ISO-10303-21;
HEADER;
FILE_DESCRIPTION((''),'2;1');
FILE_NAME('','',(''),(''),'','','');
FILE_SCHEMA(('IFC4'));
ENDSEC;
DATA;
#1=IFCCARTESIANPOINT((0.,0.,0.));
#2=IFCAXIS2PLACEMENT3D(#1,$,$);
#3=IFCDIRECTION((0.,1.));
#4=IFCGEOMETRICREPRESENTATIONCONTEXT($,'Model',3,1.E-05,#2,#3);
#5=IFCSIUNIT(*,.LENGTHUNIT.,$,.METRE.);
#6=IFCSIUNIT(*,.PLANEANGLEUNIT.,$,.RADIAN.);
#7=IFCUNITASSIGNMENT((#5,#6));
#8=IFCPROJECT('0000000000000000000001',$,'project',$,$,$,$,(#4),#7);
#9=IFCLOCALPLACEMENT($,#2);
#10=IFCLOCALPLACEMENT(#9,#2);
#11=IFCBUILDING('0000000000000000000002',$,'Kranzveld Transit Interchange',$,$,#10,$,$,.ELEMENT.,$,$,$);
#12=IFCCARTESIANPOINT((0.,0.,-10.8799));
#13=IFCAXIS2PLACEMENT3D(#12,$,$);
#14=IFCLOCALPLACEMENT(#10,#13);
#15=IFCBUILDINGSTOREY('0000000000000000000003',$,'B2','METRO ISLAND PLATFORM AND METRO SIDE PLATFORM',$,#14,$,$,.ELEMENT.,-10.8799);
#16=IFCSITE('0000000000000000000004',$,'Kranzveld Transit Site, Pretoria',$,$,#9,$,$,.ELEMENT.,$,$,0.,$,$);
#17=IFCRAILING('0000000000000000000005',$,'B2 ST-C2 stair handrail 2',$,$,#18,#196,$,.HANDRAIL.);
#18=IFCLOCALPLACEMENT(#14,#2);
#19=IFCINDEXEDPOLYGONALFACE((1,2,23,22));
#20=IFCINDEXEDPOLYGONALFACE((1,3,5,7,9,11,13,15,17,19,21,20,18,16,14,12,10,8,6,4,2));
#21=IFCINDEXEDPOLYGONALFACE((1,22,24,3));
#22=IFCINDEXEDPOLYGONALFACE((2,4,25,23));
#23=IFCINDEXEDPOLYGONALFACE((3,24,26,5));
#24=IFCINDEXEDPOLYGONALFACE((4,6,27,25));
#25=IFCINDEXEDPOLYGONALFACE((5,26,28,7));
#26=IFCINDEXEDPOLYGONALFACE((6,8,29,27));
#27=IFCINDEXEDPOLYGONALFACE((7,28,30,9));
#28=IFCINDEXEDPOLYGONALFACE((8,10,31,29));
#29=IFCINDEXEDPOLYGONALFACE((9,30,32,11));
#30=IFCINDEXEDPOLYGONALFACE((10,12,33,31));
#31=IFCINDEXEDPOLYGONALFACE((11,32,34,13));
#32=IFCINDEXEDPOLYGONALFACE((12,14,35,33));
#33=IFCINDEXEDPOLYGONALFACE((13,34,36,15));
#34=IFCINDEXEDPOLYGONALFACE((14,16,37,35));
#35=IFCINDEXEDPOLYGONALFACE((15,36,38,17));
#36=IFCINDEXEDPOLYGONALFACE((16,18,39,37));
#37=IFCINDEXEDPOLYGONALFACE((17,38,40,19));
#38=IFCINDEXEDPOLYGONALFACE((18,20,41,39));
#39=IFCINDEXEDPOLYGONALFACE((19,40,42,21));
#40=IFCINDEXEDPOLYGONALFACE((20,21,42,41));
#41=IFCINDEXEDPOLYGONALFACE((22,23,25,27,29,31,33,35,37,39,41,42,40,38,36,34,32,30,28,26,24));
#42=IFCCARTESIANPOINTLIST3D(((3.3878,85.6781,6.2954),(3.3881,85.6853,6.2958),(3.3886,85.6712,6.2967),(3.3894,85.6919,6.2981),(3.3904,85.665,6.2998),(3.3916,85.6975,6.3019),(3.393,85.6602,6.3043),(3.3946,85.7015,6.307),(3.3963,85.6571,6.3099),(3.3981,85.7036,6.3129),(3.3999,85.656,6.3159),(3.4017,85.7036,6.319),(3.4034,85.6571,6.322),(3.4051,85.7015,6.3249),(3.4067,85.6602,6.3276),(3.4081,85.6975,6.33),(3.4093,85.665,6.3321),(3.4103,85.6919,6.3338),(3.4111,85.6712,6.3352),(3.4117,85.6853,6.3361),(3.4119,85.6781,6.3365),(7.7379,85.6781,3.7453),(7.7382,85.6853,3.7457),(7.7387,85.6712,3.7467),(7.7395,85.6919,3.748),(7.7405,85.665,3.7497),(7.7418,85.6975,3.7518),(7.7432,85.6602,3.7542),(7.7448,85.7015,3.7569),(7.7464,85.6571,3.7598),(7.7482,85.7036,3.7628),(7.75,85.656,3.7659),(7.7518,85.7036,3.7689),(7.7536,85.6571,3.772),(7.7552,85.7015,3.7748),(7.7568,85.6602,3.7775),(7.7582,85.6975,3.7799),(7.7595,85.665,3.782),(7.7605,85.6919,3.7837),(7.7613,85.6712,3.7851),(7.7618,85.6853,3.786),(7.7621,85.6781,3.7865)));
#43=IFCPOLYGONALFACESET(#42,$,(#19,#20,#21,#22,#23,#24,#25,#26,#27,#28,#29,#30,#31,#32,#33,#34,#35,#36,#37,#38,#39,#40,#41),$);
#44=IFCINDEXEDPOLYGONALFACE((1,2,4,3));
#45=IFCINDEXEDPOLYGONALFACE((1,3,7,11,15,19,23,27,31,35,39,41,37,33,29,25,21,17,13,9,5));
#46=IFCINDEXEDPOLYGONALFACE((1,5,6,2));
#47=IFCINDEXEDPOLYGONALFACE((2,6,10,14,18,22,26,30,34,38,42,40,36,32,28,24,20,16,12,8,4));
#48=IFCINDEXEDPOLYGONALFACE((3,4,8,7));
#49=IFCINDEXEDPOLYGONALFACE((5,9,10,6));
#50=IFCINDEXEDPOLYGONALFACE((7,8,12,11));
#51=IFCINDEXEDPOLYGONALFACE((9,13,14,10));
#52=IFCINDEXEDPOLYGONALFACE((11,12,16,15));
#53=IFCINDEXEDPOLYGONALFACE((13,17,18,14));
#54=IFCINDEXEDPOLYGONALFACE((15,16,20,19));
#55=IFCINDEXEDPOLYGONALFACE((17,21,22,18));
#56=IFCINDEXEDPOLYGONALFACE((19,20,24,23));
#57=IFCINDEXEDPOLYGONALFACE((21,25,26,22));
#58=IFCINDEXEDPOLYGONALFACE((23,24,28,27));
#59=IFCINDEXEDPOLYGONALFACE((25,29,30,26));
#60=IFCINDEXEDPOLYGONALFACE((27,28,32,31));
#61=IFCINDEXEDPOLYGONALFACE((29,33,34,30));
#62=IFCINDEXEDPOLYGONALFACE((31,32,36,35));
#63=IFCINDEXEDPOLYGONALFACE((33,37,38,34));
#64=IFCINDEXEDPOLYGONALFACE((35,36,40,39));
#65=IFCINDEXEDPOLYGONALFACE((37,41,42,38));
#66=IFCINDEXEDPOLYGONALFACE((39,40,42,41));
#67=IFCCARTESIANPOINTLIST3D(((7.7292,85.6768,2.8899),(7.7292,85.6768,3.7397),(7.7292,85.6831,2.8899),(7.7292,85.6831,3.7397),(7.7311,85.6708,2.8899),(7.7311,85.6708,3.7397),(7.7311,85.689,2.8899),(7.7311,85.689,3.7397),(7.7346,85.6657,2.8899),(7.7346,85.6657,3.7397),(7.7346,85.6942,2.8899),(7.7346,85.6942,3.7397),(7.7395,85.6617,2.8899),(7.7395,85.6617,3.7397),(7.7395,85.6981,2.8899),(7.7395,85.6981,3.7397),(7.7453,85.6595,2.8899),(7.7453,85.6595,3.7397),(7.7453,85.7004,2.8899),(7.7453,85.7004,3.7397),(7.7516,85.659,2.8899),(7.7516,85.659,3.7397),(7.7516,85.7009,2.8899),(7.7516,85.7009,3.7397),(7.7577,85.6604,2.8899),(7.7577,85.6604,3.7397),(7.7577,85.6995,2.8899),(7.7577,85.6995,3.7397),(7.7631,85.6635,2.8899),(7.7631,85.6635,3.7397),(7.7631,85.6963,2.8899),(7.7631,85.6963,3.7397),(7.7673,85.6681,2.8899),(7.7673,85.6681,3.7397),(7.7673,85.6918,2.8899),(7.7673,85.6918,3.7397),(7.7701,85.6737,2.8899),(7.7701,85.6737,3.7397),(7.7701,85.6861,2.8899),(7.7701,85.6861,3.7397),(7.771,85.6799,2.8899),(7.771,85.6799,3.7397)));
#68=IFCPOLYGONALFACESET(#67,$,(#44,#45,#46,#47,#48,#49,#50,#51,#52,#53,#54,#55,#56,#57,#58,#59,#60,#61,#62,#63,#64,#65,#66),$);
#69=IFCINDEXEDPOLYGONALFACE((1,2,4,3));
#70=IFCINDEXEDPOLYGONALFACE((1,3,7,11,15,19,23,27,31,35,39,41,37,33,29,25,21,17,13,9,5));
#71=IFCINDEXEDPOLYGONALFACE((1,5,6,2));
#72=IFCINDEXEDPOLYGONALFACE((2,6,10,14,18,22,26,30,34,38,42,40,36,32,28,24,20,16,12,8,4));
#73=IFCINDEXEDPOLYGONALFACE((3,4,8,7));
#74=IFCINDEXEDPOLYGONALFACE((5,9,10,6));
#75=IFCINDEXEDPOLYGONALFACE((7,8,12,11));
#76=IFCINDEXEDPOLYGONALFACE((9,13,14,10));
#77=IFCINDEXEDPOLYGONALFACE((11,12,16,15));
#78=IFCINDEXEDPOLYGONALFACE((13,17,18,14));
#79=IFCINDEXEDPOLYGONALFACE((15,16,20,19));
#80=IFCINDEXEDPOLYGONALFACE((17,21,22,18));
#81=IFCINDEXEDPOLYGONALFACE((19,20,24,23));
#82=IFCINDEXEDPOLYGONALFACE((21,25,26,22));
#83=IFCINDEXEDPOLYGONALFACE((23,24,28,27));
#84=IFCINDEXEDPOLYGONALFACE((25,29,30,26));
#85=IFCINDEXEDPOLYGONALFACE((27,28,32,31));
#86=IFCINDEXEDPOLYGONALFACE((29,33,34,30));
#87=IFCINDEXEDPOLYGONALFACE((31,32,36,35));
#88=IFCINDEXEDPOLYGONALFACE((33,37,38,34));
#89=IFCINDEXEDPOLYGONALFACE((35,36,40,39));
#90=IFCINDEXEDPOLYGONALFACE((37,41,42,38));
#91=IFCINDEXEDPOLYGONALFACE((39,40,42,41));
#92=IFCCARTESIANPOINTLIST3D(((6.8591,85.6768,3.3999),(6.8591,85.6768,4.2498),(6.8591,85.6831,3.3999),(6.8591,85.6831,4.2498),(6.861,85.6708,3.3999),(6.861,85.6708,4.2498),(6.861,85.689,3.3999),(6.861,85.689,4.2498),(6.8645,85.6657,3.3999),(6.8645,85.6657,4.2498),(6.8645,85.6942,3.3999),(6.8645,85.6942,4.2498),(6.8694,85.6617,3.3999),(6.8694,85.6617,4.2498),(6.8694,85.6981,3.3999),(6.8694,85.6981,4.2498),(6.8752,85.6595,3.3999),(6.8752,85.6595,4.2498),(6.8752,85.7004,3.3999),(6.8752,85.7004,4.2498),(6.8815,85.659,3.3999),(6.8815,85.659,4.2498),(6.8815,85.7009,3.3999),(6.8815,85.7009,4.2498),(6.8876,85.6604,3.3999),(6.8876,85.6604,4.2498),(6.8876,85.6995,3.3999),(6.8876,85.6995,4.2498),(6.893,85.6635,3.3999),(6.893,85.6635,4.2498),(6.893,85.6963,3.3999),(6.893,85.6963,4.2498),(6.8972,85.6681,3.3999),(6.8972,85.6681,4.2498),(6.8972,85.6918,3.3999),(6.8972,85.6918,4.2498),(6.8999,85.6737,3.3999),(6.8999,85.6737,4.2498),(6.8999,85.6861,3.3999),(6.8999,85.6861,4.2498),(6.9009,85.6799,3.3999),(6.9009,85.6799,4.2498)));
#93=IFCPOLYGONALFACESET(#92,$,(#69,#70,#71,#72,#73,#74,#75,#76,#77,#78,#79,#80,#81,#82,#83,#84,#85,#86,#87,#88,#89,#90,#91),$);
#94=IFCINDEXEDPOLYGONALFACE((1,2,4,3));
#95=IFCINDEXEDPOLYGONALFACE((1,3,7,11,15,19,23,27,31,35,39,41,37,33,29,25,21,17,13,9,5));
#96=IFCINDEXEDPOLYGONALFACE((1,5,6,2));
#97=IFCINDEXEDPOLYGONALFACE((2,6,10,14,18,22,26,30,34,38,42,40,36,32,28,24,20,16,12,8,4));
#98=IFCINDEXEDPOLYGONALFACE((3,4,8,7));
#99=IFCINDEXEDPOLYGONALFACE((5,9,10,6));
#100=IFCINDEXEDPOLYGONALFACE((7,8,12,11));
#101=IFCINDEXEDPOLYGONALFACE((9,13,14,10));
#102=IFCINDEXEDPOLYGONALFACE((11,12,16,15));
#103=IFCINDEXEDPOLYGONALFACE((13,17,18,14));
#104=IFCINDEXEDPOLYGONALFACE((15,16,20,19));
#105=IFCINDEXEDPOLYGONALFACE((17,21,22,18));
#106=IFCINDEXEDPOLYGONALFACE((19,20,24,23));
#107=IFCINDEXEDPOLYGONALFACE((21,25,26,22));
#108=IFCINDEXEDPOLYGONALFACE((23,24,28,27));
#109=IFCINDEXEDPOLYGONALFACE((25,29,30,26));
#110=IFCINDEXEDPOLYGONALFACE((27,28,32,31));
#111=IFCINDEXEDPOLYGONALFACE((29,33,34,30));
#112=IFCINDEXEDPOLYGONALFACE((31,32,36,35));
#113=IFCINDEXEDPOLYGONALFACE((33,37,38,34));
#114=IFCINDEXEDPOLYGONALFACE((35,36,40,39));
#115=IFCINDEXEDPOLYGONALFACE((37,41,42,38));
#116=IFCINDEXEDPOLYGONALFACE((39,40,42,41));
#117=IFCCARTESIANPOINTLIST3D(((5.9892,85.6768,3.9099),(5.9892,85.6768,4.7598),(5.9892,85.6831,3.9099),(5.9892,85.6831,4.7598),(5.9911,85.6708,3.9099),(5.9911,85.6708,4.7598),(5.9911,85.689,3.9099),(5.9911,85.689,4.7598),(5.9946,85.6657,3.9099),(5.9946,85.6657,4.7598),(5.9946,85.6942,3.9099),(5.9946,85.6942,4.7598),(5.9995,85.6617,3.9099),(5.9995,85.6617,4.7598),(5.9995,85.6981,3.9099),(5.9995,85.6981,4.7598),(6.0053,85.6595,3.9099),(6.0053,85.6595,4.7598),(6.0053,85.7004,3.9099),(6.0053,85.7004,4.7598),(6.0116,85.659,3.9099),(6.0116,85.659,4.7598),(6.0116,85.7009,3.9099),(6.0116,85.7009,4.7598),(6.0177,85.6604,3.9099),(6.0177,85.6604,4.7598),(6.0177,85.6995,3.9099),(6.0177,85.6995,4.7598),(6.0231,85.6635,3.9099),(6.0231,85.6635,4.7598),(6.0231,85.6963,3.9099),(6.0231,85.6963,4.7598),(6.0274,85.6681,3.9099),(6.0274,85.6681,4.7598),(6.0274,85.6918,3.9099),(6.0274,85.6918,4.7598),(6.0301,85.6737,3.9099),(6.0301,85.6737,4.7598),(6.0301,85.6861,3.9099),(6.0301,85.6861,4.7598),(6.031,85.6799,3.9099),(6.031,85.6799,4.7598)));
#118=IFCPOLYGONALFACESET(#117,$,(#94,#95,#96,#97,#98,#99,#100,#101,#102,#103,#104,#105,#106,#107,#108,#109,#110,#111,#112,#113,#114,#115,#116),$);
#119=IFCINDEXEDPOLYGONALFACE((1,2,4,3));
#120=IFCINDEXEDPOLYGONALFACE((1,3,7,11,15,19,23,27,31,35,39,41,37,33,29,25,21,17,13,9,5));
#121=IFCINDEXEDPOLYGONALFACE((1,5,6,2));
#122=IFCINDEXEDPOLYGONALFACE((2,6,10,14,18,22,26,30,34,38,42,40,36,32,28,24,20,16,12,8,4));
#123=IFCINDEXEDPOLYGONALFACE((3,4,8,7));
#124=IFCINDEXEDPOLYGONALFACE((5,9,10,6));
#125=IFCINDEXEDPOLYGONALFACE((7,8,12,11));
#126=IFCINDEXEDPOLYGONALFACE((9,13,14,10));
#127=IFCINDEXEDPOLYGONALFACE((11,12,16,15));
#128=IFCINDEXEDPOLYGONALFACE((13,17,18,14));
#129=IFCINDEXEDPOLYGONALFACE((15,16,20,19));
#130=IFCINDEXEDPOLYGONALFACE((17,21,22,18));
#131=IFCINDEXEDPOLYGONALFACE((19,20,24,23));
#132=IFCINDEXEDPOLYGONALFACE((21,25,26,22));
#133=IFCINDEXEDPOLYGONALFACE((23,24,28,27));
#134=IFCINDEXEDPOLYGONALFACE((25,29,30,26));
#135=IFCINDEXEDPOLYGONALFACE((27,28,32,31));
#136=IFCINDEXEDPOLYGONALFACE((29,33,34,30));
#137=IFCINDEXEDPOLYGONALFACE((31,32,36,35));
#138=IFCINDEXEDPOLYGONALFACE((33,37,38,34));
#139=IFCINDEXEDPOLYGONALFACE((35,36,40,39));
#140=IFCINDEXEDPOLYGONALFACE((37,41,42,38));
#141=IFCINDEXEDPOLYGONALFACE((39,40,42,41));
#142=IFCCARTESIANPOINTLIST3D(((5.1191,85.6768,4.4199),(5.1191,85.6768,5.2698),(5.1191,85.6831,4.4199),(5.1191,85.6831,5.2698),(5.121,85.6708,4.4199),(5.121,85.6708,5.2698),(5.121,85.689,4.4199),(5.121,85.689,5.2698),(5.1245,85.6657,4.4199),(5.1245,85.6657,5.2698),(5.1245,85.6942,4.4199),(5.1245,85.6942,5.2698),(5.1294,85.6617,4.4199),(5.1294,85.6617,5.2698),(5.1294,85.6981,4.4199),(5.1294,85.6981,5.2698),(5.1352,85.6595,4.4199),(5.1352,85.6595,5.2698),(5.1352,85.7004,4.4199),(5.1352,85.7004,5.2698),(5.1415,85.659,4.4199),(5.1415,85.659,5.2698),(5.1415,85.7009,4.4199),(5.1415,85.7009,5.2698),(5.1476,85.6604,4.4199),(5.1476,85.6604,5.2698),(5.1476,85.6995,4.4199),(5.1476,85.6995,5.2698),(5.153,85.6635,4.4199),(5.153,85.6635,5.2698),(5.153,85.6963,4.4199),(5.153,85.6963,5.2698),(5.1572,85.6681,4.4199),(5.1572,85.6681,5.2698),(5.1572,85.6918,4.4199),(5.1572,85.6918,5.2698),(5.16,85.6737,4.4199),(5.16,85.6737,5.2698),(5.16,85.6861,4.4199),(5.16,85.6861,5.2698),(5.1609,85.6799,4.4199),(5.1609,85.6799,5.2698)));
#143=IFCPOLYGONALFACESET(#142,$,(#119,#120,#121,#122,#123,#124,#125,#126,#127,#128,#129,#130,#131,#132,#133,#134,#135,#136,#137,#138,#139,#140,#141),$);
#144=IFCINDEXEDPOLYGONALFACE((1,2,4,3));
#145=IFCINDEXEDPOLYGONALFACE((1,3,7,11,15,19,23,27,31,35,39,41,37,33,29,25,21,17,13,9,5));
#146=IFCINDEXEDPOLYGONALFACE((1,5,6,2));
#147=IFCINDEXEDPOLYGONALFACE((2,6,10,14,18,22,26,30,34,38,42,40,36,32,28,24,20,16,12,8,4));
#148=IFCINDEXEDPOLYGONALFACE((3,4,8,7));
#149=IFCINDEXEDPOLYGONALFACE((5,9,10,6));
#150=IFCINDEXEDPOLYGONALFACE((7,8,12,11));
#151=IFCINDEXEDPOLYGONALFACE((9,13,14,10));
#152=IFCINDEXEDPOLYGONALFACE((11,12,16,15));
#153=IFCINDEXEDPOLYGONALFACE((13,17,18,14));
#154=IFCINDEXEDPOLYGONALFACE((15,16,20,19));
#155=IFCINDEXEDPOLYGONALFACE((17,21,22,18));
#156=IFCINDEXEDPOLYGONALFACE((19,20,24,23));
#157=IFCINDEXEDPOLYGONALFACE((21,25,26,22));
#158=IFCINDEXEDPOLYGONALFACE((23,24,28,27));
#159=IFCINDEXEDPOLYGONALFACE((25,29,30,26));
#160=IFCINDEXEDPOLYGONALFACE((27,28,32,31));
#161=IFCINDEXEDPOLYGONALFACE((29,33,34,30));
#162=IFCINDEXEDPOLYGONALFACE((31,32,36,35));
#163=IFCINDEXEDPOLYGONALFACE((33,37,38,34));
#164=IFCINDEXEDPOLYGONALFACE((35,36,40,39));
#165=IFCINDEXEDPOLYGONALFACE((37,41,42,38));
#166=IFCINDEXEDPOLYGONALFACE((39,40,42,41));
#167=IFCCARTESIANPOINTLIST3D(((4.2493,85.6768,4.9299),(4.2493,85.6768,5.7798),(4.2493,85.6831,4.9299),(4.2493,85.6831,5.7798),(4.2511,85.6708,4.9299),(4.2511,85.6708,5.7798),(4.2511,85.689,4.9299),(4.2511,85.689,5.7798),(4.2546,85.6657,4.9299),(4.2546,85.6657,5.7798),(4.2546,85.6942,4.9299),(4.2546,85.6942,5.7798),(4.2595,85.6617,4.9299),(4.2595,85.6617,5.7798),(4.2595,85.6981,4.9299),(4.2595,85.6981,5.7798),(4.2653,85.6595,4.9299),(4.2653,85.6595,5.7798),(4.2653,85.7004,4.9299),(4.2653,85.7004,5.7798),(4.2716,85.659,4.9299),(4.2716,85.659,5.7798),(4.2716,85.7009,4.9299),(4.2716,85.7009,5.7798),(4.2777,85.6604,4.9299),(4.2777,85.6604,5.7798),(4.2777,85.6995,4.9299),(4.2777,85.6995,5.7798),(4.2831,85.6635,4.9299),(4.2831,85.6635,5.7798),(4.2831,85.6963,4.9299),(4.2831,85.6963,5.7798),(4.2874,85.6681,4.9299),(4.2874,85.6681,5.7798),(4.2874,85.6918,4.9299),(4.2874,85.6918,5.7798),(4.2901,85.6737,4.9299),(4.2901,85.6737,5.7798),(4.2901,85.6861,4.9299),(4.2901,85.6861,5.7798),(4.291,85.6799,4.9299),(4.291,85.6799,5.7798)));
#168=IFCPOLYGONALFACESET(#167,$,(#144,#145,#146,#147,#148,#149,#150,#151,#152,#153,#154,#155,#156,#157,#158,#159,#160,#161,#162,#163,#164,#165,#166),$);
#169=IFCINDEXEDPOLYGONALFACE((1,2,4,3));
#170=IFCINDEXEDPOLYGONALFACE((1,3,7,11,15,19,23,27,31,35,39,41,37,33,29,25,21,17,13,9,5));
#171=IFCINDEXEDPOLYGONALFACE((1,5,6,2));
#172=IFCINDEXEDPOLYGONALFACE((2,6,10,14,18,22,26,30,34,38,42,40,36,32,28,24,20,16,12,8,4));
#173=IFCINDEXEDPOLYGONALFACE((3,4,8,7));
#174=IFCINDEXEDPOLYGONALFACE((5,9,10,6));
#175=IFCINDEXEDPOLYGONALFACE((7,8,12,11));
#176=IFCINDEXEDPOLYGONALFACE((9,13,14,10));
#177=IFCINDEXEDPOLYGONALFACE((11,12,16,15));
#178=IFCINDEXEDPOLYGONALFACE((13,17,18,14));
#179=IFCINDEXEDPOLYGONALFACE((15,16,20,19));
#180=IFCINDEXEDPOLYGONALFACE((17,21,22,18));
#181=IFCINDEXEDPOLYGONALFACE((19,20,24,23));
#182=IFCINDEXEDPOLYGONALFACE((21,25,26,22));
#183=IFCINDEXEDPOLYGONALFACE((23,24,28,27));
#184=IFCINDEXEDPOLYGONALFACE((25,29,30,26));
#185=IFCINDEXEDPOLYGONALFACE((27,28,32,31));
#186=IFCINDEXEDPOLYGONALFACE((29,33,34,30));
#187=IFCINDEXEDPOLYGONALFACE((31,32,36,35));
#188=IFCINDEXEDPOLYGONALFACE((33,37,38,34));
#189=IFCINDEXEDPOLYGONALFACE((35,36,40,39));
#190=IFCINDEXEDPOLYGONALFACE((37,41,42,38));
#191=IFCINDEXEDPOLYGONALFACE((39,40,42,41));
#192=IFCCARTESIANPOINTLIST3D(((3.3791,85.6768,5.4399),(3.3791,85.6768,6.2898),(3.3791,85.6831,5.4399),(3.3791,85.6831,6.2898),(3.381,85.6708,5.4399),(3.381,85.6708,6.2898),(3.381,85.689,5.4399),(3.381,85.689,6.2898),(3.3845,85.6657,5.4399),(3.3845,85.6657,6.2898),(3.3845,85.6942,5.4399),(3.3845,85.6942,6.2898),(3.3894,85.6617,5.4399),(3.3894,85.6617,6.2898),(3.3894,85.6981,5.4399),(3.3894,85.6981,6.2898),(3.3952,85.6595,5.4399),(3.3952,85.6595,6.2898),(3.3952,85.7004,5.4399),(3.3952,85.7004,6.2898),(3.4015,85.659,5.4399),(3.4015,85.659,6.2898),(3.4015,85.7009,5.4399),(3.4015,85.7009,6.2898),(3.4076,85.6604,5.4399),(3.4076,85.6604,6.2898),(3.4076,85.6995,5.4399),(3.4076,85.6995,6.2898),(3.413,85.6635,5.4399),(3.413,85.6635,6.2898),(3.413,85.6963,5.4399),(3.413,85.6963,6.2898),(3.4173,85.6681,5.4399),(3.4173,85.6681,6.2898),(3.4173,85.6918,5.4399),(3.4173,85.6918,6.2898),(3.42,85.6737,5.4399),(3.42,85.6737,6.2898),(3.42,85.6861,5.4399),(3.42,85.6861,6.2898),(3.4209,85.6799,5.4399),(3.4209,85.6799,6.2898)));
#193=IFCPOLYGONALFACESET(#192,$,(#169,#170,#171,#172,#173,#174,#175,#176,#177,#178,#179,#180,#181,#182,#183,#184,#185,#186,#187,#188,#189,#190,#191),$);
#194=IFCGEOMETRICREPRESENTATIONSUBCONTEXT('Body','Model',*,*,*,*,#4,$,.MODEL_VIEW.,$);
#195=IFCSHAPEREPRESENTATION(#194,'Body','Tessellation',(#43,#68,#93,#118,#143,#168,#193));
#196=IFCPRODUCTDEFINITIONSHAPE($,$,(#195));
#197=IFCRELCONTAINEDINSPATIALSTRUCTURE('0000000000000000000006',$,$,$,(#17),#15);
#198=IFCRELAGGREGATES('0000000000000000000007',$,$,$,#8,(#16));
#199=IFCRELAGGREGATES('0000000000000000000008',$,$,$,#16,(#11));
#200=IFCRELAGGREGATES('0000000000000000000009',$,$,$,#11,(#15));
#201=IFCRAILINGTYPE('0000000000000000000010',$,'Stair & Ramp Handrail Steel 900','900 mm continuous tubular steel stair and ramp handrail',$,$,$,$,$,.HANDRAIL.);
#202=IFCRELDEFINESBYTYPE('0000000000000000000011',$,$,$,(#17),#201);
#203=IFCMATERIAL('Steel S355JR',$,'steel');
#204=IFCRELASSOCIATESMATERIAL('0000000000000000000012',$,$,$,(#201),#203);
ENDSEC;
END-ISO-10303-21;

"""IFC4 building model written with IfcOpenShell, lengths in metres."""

from ifc_helpers import new_model, si_unit, direction, frame, origin, origin_2d, place, context, subcontext, project, spatial, circle, extrude, material, type_object, element, save


model = new_model("IFC4")

# Units and contexts
model_context = context("Model", 3, precision=1e-05, world=origin(), true_north=direction((0.0, 1.0)))
body_context = subcontext(model_context, "Body", "Model", "MODEL_VIEW")
ifc_project = project(units=[si_unit("LENGTHUNIT", "METRE"), si_unit("PLANEANGLEUNIT", "RADIAN")], contexts=[model_context])

# Site, building, storey
site_placement = place(None, origin())
site = spatial("IfcSite", under=ifc_project, at=site_placement, Name="Kranzveld Transit Site, Pretoria", CompositionType="ELEMENT", RefElevation=0.0)
building_placement = place(site_placement, origin())
building = spatial("IfcBuilding", under=site, at=building_placement, Name="Kranzveld Transit Interchange", CompositionType="ELEMENT")
storey_placement = place(building_placement, frame((0.0, 0.0, -10.8799)))
storey = spatial("IfcBuildingStorey", under=building, at=storey_placement, Name="B2", Description="METRO ISLAND PLATFORM AND METRO SIDE PLATFORM", CompositionType="ELEMENT", Elevation=-10.8799)

# Railing
ifc_material_1 = material(Name="Steel S355JR", Category="steel")
railing_type_1 = type_object("IfcRailingType", Name="Stair & Ramp Handrail Steel 900", Description="900 mm continuous tubular steel stair and ramp handrail", PredefinedType="HANDRAIL", material=ifc_material_1)
railing_1_placement = place(storey_placement, frame((7.75, 85.6799, 2.8899)))
element("IfcRailing", 1, at=railing_1_placement, inside=storey, type_object=railing_type_1, Name="B2 ST-C2 stair handrail 2", PredefinedType="HANDRAIL", context=body_context, shape_type="SweptSolid", body=[
    extrude(circle(Radius=0.0239, at=origin_2d()), frame((0.0, 0.0, 0.876), z_axis=(-0.862699, 0.0, 0.505718), x_axis=(0.0, -1.0, 0.0)), (0.0, 0.0, 1.0), 5.0425),
    extrude(circle(Radius=0.021, at=origin_2d()), origin(), (0.0, 0.0, 1.0), 0.8499),
    extrude(circle(Radius=0.021, at=origin_2d()), frame((-0.8701, 0.0, 0.51)), (0.0, 0.0, 1.0), 0.8499),
    extrude(circle(Radius=0.021, at=origin_2d()), frame((-1.74, 0.0, 1.02)), (0.0, 0.0, 1.0), 0.8499),
    extrude(circle(Radius=0.021, at=origin_2d()), frame((-2.6101, 0.0, 1.53)), (0.0, 0.0, 1.0), 0.8499),
    extrude(circle(Radius=0.021, at=origin_2d()), frame((-3.48, 0.0, 2.04)), (0.0, 0.0, 1.0), 0.8499),
    extrude(circle(Radius=0.021, at=origin_2d()), frame((-4.3501, 0.0, 2.55)), (0.0, 0.0, 1.0), 0.8499),
])

save(model, "model.ifc")
